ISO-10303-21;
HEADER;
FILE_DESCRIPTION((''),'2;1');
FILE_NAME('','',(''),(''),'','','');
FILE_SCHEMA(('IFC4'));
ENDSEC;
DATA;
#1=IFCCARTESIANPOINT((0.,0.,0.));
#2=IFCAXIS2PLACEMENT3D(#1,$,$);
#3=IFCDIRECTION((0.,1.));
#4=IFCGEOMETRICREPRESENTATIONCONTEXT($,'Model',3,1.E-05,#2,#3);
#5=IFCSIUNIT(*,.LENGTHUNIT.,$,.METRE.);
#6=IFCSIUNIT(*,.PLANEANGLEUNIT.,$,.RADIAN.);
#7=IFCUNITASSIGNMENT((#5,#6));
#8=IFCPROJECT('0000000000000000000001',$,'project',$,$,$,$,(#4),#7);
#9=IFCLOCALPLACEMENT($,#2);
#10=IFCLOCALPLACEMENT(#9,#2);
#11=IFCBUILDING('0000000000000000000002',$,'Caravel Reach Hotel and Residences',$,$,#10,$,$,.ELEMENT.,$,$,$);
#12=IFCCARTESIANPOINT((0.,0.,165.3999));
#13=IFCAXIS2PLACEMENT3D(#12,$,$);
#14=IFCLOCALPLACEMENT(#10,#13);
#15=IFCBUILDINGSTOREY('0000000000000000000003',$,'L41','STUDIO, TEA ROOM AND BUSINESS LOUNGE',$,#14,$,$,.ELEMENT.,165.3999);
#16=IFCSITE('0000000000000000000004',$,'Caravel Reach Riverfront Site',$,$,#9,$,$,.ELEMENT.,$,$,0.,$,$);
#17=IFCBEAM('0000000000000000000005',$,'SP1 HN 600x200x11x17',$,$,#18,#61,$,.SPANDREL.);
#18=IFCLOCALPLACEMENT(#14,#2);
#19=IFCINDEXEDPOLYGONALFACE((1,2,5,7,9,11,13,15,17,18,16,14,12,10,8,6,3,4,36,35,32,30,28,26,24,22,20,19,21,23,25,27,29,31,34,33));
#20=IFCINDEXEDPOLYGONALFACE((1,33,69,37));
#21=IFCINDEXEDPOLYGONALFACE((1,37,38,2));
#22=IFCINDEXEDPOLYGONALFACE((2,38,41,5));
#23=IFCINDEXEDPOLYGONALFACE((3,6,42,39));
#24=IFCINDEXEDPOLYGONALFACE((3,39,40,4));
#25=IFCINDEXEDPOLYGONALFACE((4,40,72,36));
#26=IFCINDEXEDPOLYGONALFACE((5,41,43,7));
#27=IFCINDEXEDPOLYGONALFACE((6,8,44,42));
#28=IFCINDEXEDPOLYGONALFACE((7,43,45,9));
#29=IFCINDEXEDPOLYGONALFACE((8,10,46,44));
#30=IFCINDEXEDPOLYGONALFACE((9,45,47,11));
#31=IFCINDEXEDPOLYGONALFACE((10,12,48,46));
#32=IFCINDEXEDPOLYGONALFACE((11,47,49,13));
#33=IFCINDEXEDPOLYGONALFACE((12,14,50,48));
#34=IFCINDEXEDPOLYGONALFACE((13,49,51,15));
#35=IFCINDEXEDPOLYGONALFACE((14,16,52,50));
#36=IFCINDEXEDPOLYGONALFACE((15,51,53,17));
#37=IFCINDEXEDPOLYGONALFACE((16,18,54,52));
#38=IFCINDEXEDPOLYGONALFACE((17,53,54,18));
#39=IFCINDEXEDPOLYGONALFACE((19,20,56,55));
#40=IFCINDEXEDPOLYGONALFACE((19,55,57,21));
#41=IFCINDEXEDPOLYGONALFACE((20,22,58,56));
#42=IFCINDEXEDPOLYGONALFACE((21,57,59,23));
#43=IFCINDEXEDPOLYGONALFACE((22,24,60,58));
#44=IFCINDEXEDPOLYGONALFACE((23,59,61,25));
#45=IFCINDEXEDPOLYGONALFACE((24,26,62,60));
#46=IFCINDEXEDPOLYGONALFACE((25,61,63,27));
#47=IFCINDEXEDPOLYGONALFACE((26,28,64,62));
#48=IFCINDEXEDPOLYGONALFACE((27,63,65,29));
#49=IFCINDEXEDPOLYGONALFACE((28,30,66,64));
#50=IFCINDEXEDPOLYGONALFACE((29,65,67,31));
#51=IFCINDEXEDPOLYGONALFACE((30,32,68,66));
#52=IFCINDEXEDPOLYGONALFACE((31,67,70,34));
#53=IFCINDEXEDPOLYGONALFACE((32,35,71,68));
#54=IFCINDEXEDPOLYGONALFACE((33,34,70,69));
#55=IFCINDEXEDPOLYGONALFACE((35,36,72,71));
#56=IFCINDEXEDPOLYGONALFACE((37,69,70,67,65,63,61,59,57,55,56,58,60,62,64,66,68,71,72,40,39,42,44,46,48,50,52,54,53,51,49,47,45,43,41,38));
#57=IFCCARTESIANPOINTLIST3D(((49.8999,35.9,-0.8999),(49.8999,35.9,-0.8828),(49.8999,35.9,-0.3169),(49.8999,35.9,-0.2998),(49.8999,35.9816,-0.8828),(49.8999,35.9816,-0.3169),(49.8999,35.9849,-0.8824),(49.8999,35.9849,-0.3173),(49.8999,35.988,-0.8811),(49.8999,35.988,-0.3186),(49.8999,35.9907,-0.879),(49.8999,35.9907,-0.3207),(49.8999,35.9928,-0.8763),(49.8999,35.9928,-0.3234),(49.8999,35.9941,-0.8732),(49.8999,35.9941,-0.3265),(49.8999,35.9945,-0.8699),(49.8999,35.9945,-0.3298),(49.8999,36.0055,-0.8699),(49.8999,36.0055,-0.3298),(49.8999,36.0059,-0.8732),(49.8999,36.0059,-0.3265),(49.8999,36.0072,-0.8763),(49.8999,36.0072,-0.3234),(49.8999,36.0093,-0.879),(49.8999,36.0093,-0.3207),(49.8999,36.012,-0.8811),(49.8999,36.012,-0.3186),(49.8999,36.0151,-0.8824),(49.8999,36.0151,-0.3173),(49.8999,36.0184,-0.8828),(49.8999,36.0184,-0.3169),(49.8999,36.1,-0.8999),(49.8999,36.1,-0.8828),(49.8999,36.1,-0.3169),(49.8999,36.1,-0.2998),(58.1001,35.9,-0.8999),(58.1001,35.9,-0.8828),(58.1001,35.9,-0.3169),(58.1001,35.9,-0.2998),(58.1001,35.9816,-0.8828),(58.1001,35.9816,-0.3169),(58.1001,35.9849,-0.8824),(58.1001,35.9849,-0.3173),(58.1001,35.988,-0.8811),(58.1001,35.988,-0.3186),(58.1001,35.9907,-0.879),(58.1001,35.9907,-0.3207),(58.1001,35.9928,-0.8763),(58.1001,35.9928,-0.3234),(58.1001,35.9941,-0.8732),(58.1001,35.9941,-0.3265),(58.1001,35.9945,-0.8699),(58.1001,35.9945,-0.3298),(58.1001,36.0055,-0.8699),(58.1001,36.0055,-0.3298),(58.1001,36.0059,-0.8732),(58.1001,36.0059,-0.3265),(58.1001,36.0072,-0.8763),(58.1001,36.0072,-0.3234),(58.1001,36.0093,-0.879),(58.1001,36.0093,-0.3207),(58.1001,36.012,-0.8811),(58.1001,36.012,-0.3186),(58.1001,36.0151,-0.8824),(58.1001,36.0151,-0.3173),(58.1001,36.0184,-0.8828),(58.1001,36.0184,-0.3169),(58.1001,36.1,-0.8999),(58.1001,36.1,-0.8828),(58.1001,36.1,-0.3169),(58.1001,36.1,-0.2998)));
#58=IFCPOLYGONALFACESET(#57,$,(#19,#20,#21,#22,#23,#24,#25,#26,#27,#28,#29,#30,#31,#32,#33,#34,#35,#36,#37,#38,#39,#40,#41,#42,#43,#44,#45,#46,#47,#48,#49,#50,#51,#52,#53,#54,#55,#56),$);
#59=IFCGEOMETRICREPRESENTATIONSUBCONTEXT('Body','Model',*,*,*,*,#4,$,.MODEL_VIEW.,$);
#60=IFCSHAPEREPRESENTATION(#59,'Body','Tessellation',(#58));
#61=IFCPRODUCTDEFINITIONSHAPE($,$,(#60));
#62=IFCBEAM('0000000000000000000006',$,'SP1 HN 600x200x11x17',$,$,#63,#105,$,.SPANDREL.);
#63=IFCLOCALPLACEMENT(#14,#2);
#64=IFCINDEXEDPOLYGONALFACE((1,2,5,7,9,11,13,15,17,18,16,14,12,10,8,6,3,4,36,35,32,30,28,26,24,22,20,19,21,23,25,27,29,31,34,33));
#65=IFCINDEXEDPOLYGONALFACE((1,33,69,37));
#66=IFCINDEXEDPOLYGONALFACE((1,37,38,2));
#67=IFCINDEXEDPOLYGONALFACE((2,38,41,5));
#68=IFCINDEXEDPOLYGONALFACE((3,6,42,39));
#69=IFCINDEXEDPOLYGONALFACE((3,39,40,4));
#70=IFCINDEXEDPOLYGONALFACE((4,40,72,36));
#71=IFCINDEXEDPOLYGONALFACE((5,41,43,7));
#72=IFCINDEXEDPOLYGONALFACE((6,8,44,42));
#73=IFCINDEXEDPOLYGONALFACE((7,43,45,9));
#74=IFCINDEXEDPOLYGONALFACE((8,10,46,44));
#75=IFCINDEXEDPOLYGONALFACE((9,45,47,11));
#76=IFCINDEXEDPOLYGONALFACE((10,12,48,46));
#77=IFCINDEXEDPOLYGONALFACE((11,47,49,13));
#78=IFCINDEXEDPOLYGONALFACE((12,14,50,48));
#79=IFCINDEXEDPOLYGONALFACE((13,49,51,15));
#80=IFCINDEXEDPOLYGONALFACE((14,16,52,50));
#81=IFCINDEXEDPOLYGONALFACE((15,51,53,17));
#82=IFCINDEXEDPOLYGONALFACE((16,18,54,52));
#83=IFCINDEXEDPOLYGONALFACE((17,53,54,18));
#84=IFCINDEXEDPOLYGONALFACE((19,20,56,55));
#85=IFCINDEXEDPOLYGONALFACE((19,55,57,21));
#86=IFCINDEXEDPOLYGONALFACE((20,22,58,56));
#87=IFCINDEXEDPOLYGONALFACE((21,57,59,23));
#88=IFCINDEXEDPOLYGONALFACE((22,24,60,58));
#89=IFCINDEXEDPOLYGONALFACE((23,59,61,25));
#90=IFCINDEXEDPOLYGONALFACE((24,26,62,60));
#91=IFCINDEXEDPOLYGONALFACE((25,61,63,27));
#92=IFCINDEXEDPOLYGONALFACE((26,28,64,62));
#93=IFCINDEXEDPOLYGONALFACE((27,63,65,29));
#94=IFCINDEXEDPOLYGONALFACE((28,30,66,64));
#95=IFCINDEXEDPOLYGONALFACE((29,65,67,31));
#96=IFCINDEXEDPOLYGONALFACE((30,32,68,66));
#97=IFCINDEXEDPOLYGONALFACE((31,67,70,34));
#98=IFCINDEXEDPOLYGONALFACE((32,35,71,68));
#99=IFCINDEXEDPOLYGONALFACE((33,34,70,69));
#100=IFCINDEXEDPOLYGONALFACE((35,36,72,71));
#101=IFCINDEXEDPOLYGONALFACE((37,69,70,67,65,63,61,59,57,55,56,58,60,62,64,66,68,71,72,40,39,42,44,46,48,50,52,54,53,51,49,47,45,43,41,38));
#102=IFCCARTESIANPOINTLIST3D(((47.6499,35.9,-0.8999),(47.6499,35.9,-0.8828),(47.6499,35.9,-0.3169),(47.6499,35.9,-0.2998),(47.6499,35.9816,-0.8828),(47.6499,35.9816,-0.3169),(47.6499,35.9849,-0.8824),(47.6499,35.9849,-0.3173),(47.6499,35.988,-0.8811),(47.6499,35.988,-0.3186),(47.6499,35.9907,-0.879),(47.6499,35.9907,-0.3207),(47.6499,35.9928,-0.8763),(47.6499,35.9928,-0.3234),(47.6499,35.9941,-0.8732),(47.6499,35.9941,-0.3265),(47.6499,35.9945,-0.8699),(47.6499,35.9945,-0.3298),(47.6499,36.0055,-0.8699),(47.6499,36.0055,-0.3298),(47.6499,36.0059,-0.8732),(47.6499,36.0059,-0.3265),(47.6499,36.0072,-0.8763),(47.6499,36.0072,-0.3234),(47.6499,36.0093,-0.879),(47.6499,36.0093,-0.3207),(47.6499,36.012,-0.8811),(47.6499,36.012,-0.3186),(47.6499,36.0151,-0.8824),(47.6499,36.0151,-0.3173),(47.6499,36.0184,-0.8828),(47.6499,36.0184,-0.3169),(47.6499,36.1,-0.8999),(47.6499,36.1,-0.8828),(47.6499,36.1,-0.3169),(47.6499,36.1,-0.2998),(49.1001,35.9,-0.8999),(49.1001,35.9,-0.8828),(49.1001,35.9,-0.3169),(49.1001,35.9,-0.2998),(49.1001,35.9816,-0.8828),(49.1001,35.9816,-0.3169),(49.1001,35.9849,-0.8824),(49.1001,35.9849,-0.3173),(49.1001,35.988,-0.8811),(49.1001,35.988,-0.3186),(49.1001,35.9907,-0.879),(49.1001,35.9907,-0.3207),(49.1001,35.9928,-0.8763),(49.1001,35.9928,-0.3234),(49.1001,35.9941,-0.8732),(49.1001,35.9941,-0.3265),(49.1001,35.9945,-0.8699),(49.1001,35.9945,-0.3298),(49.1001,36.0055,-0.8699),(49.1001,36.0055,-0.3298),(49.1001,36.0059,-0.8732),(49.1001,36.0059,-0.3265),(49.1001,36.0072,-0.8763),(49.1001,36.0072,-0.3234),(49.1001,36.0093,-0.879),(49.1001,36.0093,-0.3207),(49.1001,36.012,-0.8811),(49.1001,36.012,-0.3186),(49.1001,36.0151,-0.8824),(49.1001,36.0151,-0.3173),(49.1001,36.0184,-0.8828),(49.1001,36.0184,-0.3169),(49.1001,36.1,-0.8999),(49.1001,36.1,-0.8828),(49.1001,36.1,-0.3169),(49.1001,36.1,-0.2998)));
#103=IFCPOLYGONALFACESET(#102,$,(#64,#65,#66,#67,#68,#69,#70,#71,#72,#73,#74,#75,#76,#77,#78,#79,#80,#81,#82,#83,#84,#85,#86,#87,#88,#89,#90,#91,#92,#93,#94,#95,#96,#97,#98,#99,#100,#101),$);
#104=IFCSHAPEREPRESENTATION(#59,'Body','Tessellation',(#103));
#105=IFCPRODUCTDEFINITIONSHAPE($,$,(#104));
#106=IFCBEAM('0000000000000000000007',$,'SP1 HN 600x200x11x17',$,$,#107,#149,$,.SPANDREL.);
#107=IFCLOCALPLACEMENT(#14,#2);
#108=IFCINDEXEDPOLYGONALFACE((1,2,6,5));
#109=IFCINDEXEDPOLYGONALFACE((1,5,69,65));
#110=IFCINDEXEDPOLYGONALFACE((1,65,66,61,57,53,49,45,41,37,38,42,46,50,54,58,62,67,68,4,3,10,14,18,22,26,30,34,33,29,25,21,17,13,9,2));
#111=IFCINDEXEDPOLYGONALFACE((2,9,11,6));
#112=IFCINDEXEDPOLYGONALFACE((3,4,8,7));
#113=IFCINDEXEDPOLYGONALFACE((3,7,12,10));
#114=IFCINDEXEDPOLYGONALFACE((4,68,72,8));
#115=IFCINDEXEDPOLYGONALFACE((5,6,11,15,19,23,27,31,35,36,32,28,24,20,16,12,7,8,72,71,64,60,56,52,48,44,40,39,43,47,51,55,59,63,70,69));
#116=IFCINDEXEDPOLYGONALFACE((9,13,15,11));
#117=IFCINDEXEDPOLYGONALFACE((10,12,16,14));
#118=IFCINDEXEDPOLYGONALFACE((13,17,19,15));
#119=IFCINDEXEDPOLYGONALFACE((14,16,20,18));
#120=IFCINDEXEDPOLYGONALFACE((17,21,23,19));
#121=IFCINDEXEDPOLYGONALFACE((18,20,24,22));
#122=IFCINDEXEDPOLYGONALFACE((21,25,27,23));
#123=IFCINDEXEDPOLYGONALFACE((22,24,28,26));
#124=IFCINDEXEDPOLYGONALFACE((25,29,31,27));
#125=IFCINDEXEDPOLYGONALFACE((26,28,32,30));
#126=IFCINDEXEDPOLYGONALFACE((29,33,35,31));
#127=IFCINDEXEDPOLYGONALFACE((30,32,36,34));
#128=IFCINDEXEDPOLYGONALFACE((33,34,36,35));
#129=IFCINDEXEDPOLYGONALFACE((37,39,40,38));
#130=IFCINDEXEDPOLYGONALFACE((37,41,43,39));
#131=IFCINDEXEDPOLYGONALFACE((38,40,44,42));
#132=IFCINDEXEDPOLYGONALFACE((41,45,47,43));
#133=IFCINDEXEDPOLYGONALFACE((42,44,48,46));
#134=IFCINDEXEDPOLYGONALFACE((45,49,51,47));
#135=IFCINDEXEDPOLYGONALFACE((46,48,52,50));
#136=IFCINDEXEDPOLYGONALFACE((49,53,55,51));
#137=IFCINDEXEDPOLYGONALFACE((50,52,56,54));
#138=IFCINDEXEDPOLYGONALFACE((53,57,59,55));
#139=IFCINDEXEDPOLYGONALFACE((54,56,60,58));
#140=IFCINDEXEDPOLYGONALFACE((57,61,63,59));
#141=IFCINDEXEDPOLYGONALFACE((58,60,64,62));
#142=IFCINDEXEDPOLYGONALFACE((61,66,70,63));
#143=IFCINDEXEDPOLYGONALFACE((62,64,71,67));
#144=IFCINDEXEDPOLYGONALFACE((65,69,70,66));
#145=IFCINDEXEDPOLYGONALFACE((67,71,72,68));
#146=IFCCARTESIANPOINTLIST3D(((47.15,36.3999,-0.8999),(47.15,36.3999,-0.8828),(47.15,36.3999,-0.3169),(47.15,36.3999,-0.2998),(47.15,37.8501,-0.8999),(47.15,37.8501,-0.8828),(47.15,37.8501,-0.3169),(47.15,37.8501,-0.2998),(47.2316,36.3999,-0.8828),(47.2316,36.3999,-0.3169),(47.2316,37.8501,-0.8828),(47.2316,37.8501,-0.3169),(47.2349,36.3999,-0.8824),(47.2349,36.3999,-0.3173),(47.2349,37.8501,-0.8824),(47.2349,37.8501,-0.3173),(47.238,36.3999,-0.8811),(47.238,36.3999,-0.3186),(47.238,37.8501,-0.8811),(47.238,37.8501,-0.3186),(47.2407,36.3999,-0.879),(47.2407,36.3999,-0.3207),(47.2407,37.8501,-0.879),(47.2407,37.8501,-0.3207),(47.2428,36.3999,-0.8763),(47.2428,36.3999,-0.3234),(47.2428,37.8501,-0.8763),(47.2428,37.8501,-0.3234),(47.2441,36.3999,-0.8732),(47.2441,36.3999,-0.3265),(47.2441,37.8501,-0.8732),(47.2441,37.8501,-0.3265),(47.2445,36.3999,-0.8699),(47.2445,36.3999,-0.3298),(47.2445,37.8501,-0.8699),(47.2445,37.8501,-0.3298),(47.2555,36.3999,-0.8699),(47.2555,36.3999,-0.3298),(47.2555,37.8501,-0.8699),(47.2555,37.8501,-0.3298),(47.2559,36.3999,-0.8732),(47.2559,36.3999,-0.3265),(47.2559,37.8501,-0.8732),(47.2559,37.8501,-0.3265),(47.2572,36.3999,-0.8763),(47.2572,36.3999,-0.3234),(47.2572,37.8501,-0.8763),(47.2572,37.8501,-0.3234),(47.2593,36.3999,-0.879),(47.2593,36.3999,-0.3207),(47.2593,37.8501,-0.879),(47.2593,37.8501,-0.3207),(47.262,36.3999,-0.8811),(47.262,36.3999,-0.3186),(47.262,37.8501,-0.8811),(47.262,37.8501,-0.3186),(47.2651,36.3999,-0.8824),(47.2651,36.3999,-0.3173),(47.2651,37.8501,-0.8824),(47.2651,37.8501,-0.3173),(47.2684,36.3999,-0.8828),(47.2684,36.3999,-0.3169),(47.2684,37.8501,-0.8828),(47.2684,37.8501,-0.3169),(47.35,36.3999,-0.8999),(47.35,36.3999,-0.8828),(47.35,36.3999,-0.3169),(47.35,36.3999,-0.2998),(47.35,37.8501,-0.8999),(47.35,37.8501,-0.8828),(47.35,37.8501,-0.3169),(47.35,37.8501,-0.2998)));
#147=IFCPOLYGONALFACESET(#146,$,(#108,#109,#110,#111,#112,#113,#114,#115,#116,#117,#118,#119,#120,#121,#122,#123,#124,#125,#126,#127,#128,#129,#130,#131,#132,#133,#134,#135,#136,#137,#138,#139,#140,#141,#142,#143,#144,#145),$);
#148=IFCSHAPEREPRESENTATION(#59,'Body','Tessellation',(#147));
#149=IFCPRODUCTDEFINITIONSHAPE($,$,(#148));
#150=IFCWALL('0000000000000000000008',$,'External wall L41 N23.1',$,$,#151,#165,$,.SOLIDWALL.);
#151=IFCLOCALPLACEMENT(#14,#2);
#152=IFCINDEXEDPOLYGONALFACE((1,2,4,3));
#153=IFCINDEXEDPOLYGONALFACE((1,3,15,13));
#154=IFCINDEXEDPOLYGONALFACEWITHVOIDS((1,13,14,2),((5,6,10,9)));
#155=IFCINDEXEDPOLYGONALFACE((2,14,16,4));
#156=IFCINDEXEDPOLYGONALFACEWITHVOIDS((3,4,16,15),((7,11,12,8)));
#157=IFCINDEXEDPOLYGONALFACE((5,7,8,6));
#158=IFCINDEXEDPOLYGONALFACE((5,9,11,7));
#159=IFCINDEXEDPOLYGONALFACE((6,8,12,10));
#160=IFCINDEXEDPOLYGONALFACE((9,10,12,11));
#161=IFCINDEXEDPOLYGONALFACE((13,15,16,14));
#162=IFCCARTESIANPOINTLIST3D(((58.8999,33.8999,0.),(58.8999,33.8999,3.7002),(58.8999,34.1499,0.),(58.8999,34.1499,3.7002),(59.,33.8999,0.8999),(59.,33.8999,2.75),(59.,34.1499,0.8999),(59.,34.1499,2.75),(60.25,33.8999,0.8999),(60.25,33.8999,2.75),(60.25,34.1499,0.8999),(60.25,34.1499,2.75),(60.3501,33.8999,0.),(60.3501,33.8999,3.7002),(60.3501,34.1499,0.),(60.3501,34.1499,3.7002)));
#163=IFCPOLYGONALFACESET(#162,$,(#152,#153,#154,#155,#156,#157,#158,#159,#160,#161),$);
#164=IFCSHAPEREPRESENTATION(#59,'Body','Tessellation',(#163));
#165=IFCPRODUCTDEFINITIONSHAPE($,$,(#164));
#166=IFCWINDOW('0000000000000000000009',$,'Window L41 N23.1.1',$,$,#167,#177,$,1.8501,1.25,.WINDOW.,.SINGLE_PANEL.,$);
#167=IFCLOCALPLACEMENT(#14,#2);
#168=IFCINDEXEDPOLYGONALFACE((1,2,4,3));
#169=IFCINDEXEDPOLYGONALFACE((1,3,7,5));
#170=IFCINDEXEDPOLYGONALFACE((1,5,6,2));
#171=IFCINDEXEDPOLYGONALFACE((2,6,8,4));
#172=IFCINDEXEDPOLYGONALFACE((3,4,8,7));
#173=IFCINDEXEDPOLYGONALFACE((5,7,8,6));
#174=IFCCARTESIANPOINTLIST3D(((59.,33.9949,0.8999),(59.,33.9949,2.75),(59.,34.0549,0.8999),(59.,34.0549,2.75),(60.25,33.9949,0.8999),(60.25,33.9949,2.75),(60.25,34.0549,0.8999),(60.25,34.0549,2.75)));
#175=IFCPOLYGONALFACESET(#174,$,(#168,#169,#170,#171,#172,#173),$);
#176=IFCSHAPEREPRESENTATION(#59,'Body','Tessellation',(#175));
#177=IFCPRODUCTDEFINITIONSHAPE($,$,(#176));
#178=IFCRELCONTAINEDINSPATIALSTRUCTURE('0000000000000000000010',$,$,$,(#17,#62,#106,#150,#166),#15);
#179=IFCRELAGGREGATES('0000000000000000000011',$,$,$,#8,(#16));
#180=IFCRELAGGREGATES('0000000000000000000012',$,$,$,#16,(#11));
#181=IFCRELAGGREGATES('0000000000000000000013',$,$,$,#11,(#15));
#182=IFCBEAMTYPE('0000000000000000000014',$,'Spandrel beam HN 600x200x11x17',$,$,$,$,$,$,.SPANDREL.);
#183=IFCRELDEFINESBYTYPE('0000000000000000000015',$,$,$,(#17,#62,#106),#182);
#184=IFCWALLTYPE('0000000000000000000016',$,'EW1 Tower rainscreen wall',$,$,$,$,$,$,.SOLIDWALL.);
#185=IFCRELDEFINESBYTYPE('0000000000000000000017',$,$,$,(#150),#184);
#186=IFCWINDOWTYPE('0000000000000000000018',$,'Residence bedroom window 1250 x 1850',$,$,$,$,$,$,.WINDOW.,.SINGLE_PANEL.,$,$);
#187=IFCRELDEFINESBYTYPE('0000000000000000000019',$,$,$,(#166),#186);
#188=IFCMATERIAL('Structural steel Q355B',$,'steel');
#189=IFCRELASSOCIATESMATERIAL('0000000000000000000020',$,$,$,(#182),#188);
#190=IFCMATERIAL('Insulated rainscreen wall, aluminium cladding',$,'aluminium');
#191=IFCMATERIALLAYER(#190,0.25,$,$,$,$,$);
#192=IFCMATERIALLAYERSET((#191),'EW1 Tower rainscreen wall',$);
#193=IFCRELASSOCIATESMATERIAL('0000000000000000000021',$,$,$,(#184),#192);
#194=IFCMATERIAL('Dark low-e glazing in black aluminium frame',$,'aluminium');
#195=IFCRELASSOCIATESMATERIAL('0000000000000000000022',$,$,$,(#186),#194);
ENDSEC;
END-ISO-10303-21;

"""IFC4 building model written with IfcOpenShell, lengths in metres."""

from ifc_helpers import new_model, si_unit, direction, frame, frame_2d, origin, origin_2d, place, context, subcontext, project, spatial, rectangle, i_section, extrude, material, layer, layer_set, material_profile, profile_set, type_object, element, fill, save


model = new_model("IFC4")

# Units and contexts
model_context = context("Model", 3, precision=1e-05, world=origin(), true_north=direction((0.0, 1.0)))
body_context = subcontext(model_context, "Body", "Model", "MODEL_VIEW")
ifc_project = project(units=[si_unit("LENGTHUNIT", "METRE"), si_unit("PLANEANGLEUNIT", "RADIAN")], contexts=[model_context])

# Site, building, storey
site_placement = place(None, origin())
site = spatial("IfcSite", under=ifc_project, at=site_placement, Name="Caravel Reach Riverfront Site", CompositionType="ELEMENT", RefElevation=0.0)
building_placement = place(site_placement, origin())
building = spatial("IfcBuilding", under=site, at=building_placement, Name="Caravel Reach Hotel and Residences", CompositionType="ELEMENT")
storey_placement = place(building_placement, frame((0.0, 0.0, 165.3999)))
storey = spatial("IfcBuildingStorey", under=building, at=storey_placement, Name="L41", Description="STUDIO, TEA ROOM AND BUSINESS LOUNGE", CompositionType="ELEMENT", Elevation=165.3999)

# Beams
ifc_material_1 = material(Name="Structural steel Q355B", Category="steel")
ifc_material_profile_1 = material_profile(ifc_material_1, i_section(OverallWidth=0.2, OverallDepth=0.6001, WebThickness=0.011, FlangeThickness=0.0171, FilletRadius=0.0129, at=origin_2d()), Name="HN 600x200x11x17")
ifc_profile_set_1 = profile_set([ifc_material_profile_1], Name="Structural steel Q355B")
beam_type = type_object("IfcBeamType", Name="Spandrel beam HN 600x200x11x17", PredefinedType="SPANDREL", material=ifc_profile_set_1)
beam_placement = place(storey_placement, frame((58.1001, 36.0, -0.5999), z_axis=(-1.0, 0.0, 0.0), x_axis=(0.0, -1.0, 0.0)))
element("IfcBeam", 1, at=beam_placement, inside=storey, type_object=beam_type, Name="SP1 HN 600x200x11x17", PredefinedType="SPANDREL", context=body_context, shape_type="SweptSolid", body=[
    extrude(i_section(OverallWidth=0.2, OverallDepth=0.6001, WebThickness=0.011, FlangeThickness=0.0171, FilletRadius=0.0129, at=origin_2d()), origin(), (0.0, 0.0, 1.0), 8.2002),
])
for number, where, z_axis, x_axis, name in (
    (2, (49.1001, 36.0, -0.5999), (-1.0, 0.0, 0.0), (0.0, -1.0, 0.0), "SP1 HN 600x200x11x17"),
    (3, (47.25, 36.3999, -0.5999), (0.0, 1.0, 0.0), (-1.0, 0.0, 0.0), "SP1 HN 600x200x11x17"),
):
    element("IfcBeam", number, at=place(storey_placement, frame(where, z_axis=z_axis, x_axis=x_axis)), inside=storey, type_object=beam_type, Name=name, PredefinedType="SPANDREL", context=body_context, shape_type="SweptSolid", body=[
        extrude(i_section(OverallWidth=0.2, OverallDepth=0.6001, WebThickness=0.011, FlangeThickness=0.0171, FilletRadius=0.0129, at=origin_2d()), origin(), (0.0, 0.0, 1.0), 1.4502),
    ])

# Wall, opening, window
ifc_material_2 = material(Name="Insulated rainscreen wall, aluminium cladding", Category="aluminium")
ifc_layer = layer(ifc_material_2, 0.25)
ifc_layer_set = layer_set([ifc_layer], Name="EW1 Tower rainscreen wall")
wall_type = type_object("IfcWallType", Name="EW1 Tower rainscreen wall", PredefinedType="SOLIDWALL", material=ifc_layer_set)
wall_1_placement = place(storey_placement, frame((60.3501, 34.0249, 0.0), z_axis=(0.0, 0.0, 1.0), x_axis=(-1.0, 0.0, 0.0)))
wall_1 = element("IfcWall", 4, at=wall_1_placement, inside=storey, type_object=wall_type, Name="External wall L41 N23.1", PredefinedType="SOLIDWALL", context=body_context, shape_type="SweptSolid", body=[
    extrude(rectangle(XDim=1.4502, YDim=0.25, at=frame_2d((0.7251, 0.0))), origin(), (0.0, 0.0, 1.0), 3.7002),
])
opening_1_placement = place(wall_1_placement, frame((0.1001, 0.0, 0.8999)))
opening_1 = element("IfcOpeningElement", 5, at=opening_1_placement, cuts=wall_1, PredefinedType="OPENING", context=body_context, shape_type="SweptSolid", body=[
    extrude(rectangle(XDim=1.25, YDim=1.8501, at=frame_2d((0.625, 0.925))), frame((0.0, 0.135, 0.0), z_axis=(0.0, -1.0, 0.0), x_axis=(1.0, 0.0, 0.0)), (0.0, 0.0, 1.0), 0.27),
])
ifc_material_3 = material(Name="Dark low-e glazing in black aluminium frame", Category="aluminium")
window_type_1 = type_object("IfcWindowType", Name="Residence bedroom window 1250 x 1850", PartitioningType="SINGLE_PANEL", PredefinedType="WINDOW", material=ifc_material_3)
window_1_placement = place(opening_1_placement, origin())
window_1 = element("IfcWindow", 6, at=window_1_placement, inside=storey, type_object=window_type_1, Name="Window L41 N23.1.1", OverallHeight=1.8501, OverallWidth=1.25, PartitioningType="SINGLE_PANEL", PredefinedType="WINDOW", context=body_context, shape_type="SweptSolid", body=[
    extrude(rectangle(XDim=1.25, YDim=1.8501, at=frame_2d((0.625, 0.925))), frame((0.0, 0.03, 0.0), z_axis=(0.0, -1.0, 0.0), x_axis=(1.0, 0.0, 0.0)), (0.0, 0.0, 1.0), 0.0601),
])
fill(opening_1, window_1)

save(model, "model.ifc")
